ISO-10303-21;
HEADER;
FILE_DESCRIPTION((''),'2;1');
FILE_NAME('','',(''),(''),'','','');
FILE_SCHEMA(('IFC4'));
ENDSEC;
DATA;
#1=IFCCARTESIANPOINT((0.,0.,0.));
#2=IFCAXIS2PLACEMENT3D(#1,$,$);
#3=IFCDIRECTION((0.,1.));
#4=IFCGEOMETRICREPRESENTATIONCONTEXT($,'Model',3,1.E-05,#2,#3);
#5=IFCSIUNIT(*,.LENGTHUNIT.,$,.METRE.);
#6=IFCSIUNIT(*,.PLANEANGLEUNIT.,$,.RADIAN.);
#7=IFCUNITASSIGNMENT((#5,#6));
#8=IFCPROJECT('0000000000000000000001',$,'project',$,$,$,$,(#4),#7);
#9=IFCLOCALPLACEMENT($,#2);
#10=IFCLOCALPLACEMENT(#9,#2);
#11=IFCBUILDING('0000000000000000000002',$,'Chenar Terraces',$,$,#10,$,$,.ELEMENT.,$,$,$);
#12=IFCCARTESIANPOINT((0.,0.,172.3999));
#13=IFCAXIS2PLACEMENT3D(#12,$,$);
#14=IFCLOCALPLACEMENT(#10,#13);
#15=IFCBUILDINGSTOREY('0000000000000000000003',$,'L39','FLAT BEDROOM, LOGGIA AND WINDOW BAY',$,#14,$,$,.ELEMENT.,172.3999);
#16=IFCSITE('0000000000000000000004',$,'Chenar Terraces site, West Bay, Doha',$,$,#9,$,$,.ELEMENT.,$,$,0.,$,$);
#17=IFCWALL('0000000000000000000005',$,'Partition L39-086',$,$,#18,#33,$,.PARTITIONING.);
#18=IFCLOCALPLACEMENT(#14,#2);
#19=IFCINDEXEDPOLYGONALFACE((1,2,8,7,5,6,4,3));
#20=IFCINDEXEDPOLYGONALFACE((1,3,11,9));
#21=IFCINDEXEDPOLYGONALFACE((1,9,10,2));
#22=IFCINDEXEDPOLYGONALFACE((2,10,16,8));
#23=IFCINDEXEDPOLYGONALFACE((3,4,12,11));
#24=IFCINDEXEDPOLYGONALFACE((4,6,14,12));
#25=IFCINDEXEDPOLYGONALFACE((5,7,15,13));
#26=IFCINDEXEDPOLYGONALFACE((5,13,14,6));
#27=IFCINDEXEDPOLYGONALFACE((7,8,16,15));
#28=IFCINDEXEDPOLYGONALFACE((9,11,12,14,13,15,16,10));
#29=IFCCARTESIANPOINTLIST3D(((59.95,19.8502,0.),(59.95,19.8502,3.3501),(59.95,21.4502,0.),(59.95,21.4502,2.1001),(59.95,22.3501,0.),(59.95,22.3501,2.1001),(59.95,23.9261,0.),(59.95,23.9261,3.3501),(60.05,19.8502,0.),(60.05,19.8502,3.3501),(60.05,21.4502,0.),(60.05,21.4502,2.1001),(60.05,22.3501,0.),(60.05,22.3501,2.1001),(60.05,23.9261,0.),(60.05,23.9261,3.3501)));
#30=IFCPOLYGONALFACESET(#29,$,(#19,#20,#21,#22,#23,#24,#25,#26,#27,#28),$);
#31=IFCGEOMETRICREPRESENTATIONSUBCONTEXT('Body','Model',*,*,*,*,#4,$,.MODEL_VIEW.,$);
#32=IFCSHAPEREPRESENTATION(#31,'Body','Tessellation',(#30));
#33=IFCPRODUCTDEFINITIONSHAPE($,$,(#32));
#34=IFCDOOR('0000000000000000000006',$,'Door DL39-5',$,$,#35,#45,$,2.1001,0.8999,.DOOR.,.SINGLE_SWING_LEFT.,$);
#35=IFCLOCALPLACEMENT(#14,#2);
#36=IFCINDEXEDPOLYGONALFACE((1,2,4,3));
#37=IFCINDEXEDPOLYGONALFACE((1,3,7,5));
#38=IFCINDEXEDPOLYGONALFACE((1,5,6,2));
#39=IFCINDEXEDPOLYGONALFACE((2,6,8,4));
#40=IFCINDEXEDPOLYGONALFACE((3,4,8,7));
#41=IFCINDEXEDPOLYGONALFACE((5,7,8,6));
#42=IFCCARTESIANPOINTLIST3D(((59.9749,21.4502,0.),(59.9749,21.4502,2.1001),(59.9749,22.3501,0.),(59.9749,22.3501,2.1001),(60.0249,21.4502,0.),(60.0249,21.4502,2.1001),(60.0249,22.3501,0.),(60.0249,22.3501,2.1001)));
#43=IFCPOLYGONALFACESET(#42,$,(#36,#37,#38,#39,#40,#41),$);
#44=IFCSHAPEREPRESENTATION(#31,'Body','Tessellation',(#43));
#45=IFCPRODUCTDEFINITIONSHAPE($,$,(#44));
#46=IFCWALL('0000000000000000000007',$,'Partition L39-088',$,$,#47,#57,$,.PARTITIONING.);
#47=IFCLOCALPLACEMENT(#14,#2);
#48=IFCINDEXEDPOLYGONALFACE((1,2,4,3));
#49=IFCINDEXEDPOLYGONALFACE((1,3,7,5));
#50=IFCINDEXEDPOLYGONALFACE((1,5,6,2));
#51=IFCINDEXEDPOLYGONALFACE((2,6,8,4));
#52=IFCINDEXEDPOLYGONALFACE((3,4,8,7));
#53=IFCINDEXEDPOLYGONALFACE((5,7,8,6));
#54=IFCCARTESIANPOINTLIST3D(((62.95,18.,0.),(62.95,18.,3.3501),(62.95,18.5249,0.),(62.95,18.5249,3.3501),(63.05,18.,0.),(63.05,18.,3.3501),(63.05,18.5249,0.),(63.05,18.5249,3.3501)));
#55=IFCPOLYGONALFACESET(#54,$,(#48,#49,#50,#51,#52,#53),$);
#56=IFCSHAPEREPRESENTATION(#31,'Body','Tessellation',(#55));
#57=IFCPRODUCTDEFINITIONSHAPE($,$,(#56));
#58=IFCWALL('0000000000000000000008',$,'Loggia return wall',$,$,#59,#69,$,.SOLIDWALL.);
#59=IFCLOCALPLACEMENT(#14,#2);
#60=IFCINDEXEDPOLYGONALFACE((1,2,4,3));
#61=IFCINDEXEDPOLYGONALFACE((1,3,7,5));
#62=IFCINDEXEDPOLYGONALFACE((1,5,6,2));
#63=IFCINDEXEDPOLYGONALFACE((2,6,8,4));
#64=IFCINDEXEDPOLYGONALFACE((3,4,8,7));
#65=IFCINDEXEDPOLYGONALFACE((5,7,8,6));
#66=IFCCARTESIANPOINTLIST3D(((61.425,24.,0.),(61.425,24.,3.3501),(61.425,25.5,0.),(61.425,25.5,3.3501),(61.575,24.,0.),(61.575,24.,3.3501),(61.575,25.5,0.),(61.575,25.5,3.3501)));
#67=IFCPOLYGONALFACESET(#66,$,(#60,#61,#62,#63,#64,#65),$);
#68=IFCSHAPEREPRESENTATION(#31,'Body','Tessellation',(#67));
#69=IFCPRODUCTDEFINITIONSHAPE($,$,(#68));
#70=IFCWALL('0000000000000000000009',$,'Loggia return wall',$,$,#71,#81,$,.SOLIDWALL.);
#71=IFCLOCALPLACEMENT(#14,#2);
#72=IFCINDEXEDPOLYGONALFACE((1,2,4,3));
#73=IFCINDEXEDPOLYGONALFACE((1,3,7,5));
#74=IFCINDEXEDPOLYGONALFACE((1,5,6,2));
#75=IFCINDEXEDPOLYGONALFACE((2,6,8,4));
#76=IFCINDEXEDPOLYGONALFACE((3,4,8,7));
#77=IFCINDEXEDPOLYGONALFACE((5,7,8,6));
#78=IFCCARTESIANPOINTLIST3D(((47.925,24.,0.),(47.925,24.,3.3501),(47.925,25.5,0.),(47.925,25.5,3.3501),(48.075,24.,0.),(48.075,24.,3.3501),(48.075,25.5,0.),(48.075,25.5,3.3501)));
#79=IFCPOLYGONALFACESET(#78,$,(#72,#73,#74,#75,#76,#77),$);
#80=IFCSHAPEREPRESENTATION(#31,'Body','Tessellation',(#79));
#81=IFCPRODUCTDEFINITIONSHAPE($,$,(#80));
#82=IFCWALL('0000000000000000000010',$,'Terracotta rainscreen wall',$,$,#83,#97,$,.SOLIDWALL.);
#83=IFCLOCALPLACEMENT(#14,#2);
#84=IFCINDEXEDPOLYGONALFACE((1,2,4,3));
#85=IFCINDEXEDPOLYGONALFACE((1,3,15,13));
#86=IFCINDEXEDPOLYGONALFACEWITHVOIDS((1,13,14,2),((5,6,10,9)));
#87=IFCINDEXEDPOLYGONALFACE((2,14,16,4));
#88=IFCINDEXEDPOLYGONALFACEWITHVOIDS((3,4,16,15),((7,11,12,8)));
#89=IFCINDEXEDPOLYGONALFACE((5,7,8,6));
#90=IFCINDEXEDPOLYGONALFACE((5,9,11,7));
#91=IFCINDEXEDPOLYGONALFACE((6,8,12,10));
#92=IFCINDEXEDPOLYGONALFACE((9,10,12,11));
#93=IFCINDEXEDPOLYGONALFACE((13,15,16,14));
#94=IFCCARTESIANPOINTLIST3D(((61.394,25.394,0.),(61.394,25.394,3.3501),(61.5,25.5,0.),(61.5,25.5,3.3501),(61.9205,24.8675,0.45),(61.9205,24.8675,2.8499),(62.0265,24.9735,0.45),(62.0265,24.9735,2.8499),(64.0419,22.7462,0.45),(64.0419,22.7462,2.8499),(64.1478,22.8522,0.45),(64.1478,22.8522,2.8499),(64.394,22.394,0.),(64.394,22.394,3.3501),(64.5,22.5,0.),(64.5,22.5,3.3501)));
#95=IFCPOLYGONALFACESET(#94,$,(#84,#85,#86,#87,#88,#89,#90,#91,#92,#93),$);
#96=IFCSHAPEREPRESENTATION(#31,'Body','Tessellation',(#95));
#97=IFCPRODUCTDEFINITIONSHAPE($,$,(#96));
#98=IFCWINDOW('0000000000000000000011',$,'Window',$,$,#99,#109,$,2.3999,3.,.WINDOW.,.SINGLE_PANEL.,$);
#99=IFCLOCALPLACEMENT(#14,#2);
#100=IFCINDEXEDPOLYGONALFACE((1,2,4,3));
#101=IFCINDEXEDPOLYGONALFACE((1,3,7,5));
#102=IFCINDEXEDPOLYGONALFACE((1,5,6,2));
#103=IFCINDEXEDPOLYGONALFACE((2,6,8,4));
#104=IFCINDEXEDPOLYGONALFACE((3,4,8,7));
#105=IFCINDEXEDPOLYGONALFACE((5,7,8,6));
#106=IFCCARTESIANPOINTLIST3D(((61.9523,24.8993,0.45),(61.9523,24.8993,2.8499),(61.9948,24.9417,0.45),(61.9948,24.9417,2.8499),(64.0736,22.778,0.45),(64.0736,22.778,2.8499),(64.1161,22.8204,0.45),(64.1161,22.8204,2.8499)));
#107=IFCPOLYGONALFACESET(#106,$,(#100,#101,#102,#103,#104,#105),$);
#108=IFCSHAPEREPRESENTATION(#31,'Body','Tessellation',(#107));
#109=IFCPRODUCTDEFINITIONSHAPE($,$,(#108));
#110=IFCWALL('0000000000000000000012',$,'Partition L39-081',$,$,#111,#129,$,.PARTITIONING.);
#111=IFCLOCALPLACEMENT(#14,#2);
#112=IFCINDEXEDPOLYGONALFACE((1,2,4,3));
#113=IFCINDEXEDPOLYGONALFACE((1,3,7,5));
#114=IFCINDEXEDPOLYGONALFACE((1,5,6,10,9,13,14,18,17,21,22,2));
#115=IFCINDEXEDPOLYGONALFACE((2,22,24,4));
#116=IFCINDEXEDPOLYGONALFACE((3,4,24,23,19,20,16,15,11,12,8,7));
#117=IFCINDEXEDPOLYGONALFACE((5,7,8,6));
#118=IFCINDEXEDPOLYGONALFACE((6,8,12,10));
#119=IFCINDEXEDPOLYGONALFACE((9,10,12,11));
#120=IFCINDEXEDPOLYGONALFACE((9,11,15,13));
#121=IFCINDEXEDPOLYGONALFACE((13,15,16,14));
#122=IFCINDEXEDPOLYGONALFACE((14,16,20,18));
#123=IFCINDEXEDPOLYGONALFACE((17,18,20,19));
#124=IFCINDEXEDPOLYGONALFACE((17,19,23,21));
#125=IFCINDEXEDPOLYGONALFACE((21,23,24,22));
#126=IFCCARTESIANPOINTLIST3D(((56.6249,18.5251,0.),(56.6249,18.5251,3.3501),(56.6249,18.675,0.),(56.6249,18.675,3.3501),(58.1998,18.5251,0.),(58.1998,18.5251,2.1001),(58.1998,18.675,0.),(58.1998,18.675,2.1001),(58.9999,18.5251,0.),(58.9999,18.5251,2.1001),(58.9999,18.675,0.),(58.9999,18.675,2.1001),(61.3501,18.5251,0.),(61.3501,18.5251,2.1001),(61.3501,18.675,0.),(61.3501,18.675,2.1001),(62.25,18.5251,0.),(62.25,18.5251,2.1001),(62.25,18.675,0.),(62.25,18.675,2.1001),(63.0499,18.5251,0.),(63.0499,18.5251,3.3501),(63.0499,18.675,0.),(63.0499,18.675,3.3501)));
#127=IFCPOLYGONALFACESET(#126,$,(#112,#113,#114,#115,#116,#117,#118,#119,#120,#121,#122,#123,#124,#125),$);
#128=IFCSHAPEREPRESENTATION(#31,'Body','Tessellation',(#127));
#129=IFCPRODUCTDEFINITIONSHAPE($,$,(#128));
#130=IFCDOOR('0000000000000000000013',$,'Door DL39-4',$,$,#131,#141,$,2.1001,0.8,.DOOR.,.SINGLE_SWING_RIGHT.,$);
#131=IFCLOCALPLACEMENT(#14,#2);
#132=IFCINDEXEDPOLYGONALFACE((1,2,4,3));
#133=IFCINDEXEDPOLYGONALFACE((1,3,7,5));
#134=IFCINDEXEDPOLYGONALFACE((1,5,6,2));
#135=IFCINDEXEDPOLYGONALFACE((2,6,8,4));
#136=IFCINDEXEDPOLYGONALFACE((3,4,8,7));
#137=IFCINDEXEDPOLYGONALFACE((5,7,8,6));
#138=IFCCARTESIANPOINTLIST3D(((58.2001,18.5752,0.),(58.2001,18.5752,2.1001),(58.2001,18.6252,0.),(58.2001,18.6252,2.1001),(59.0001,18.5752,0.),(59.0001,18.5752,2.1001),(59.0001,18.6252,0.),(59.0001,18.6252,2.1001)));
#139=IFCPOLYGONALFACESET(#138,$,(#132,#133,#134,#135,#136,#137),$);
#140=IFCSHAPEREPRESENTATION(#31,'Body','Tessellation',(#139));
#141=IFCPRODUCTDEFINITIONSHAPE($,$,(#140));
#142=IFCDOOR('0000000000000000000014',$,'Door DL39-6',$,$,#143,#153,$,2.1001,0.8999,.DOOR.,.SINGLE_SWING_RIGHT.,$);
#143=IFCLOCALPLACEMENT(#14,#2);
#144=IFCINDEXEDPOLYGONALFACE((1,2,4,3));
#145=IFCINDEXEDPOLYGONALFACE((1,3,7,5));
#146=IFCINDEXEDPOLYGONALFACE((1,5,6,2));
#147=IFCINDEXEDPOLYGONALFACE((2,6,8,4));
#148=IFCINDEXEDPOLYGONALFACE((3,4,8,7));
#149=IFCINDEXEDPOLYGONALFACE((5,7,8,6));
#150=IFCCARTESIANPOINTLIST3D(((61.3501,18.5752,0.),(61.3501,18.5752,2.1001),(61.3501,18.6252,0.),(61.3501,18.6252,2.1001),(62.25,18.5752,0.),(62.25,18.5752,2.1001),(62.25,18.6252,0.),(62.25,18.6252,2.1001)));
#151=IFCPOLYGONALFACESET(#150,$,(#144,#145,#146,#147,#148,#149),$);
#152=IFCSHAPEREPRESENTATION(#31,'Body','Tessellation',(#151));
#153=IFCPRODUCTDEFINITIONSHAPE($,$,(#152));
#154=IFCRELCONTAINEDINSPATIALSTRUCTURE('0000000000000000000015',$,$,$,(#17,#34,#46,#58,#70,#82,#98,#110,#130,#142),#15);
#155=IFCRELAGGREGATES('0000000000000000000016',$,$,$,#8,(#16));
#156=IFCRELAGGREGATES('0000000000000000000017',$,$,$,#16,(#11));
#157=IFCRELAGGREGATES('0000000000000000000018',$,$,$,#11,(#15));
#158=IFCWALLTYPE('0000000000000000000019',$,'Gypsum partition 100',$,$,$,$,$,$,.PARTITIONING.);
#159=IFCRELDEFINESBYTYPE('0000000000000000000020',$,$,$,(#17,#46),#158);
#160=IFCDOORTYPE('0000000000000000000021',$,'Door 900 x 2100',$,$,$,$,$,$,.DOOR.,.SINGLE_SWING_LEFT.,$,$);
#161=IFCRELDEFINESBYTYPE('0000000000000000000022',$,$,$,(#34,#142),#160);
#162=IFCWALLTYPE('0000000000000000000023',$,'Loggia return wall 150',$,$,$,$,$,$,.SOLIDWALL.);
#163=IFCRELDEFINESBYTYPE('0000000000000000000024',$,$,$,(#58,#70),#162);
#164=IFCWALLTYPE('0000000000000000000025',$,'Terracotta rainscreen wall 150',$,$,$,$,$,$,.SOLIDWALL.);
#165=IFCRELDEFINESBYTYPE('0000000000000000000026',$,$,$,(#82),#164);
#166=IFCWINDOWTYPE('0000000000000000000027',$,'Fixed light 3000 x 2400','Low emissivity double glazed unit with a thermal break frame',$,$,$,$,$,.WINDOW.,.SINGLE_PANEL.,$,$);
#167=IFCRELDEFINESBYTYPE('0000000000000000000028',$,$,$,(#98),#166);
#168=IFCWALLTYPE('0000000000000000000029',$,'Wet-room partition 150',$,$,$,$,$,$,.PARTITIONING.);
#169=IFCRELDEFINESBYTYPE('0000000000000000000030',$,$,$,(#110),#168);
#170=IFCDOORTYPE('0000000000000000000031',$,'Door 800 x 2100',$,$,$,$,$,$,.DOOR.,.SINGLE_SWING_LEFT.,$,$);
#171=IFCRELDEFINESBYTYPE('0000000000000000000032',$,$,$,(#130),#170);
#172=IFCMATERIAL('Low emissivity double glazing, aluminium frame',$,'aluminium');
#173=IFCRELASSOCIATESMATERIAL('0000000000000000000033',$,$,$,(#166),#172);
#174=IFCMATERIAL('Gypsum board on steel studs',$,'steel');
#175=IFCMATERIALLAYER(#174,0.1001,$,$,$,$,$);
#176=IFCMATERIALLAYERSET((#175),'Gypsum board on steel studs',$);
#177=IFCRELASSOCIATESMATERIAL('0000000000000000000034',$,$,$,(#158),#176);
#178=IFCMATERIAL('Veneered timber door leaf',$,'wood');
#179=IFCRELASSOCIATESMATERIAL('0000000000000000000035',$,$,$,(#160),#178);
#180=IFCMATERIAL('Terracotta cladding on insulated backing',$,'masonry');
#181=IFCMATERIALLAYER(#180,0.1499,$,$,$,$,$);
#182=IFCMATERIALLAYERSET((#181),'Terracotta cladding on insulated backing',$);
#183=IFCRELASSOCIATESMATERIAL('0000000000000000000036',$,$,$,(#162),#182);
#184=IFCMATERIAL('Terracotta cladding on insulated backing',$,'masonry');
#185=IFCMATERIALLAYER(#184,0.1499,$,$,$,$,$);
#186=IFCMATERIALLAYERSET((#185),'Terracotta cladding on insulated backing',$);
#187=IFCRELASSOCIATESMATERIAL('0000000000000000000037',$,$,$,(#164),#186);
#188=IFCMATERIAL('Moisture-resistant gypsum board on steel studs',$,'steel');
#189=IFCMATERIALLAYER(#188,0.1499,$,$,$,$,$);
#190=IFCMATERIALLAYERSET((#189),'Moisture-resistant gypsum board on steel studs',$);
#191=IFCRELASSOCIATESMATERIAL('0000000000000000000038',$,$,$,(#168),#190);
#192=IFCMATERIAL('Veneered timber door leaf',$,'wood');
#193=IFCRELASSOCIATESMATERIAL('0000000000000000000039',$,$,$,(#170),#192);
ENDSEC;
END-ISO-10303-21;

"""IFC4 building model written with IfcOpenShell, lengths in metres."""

from ifc_helpers import new_model, si_unit, direction, frame, frame_2d, origin, place, context, subcontext, project, spatial, rectangle, extrude, material, layer, layer_set, type_object, element, fill, save


model = new_model("IFC4")

# Units and contexts
model_context = context("Model", 3, precision=1e-05, world=origin(), true_north=direction((0.0, 1.0)))
body_context = subcontext(model_context, "Body", "Model", "MODEL_VIEW")
ifc_project = project(units=[si_unit("LENGTHUNIT", "METRE"), si_unit("PLANEANGLEUNIT", "RADIAN")], contexts=[model_context])

# Site, building, storey
site_placement = place(None, origin())
site = spatial("IfcSite", under=ifc_project, at=site_placement, Name="Chenar Terraces site, West Bay, Doha", CompositionType="ELEMENT", RefElevation=0.0)
building_placement = place(site_placement, origin())
building = spatial("IfcBuilding", under=site, at=building_placement, Name="Chenar Terraces", CompositionType="ELEMENT")
storey_placement = place(building_placement, frame((0.0, 0.0, 172.3999)))
storey = spatial("IfcBuildingStorey", under=building, at=storey_placement, Name="L39", Description="FLAT BEDROOM, LOGGIA AND WINDOW BAY", CompositionType="ELEMENT", Elevation=172.3999)

# Shared definitions
ifc_material_1 = material(Name="Low emissivity double glazing, aluminium frame", Category="aluminium")
window_type_1 = type_object("IfcWindowType", Name="Fixed light 3000 x 2400", Description="Low emissivity double glazed unit with a thermal break frame", PartitioningType="SINGLE_PANEL", PredefinedType="WINDOW", material=ifc_material_1)

# Shared definitions
ifc_material_2 = material(Name="Gypsum board on steel studs", Category="steel")
ifc_layer_1 = layer(ifc_material_2, 0.1001)
ifc_layer_set_1 = layer_set([ifc_layer_1], Name="Gypsum board on steel studs")
wall_type_1 = type_object("IfcWallType", Name="Gypsum partition 100", PredefinedType="PARTITIONING", material=ifc_layer_set_1)

# Wall, opening, door
wall_1_placement = place(storey_placement, frame((60.0, 19.8501, 0.0), z_axis=(0.0, 0.0, 1.0), x_axis=(0.0, 1.0, 0.0)))
wall_1 = element("IfcWall", 1, at=wall_1_placement, inside=storey, type_object=wall_type_1, Name="Partition L39-086", PredefinedType="PARTITIONING", context=body_context, shape_type="SweptSolid", body=[
    extrude(rectangle(XDim=4.0759, YDim=0.1001, at=frame_2d((2.0381, 0.0))), origin(), (0.0, 0.0, 1.0), 3.3501),
])
opening_1_placement = place(wall_1_placement, frame((1.6001, 0.0, 0.0)))
opening_1 = element("IfcOpeningElement", 2, at=opening_1_placement, cuts=wall_1, PredefinedType="OPENING", context=body_context, shape_type="SweptSolid", body=[
    extrude(rectangle(XDim=0.8999, YDim=2.1001, at=frame_2d((0.45, 1.05))), frame((0.0, 0.0601, 0.0), z_axis=(0.0, -1.0, 0.0), x_axis=(1.0, 0.0, 0.0)), (0.0, 0.0, 1.0), 0.1201),
])
ifc_material_3 = material(Name="Veneered timber door leaf", Category="wood")
door_type_1 = type_object("IfcDoorType", Name="Door 900 x 2100", OperationType="SINGLE_SWING_LEFT", PredefinedType="DOOR", material=ifc_material_3)
door_1_placement = place(opening_1_placement, frame((0.8999, 0.0, 0.0), z_axis=(0.0, 0.0, 1.0), x_axis=(-1.0, 0.0, 0.0)))
door_1 = element("IfcDoor", 3, at=door_1_placement, inside=storey, type_object=door_type_1, Name="Door DL39-5", OperationType="SINGLE_SWING_LEFT", OverallHeight=2.1001, OverallWidth=0.8999, PredefinedType="DOOR", context=body_context, shape_type="SweptSolid", body=[
    extrude(rectangle(XDim=0.8999, YDim=2.1001, at=frame_2d((0.45, 1.05))), frame((0.0, 0.0249, 0.0), z_axis=(0.0, -1.0, 0.0), x_axis=(1.0, 0.0, 0.0)), (0.0, 0.0, 1.0), 0.05),
])
fill(opening_1, door_1)

# Walls
wall_2_placement = place(storey_placement, frame((63.0, 18.0, 0.0), z_axis=(0.0, 0.0, 1.0), x_axis=(0.0, 1.0, 0.0)))
element("IfcWall", 4, at=wall_2_placement, inside=storey, type_object=wall_type_1, Name="Partition L39-088", PredefinedType="PARTITIONING", context=body_context, shape_type="SweptSolid", body=[
    extrude(rectangle(XDim=0.5249, YDim=0.1001, at=frame_2d((0.2625, 0.0))), origin(), (0.0, 0.0, 1.0), 3.3501),
])
ifc_material_4 = material(Name="Terracotta cladding on insulated backing", Category="masonry")
ifc_layer_2 = layer(ifc_material_4, 0.1499)
ifc_layer_set_2 = layer_set([ifc_layer_2], Name="Terracotta cladding on insulated backing")
wall_type_2 = type_object("IfcWallType", Name="Loggia return wall 150", PredefinedType="SOLIDWALL", material=ifc_layer_set_2)
for number, where, z_axis, x_axis, name in (
    (5, (61.5, 25.5, 0.0), (0.0, 0.0, 1.0), (0.0, -1.0, 0.0), "Loggia return wall"),
    (6, (48.0, 25.5, 0.0), (0.0, 0.0, 1.0), (0.0, -1.0, 0.0), "Loggia return wall"),
):
    element("IfcWall", number, at=place(storey_placement, frame(where, z_axis=z_axis, x_axis=x_axis)), inside=storey, type_object=wall_type_2, Name=name, PredefinedType="SOLIDWALL", context=body_context, shape_type="SweptSolid", body=[
        extrude(rectangle(XDim=1.5, YDim=0.1499, at=frame_2d((0.75, 0.0))), origin(), (0.0, 0.0, 1.0), 3.3501),
    ])

# Wall, opening, window
ifc_material_5 = material(Name="Terracotta cladding on insulated backing", Category="masonry")
ifc_layer_3 = layer(ifc_material_5, 0.1499)
ifc_layer_set_3 = layer_set([ifc_layer_3], Name="Terracotta cladding on insulated backing")
wall_type_3 = type_object("IfcWallType", Name="Terracotta rainscreen wall 150", PredefinedType="SOLIDWALL", material=ifc_layer_set_3)
wall_3_placement = place(storey_placement, frame((64.447, 22.447, 0.0), z_axis=(0.0, 0.0, 1.0), x_axis=(-0.707107, 0.707107, 0.0)))
wall_3 = element("IfcWall", 7, at=wall_3_placement, inside=storey, type_object=wall_type_3, Name="Terracotta rainscreen wall", PredefinedType="SOLIDWALL", context=body_context, shape_type="SweptSolid", body=[
    extrude(rectangle(XDim=4.2427, YDim=0.1499, at=frame_2d((2.1213, 0.0))), origin(), (0.0, 0.0, 1.0), 3.3501),
])
opening_2_placement = place(wall_3_placement, frame((0.498, 0.0, 0.45)))
opening_2 = element("IfcOpeningElement", 8, at=opening_2_placement, cuts=wall_3, PredefinedType="OPENING", context=body_context, shape_type="SweptSolid", body=[
    extrude(rectangle(XDim=3.0, YDim=2.3999, at=frame_2d((1.5, 1.2))), frame((0.0, 0.085, 0.0), z_axis=(0.0, -1.0, 0.0), x_axis=(1.0, 0.0, 0.0)), (0.0, 0.0, 1.0), 0.1699),
])
window_1_placement = place(opening_2_placement, origin())
window_1 = element("IfcWindow", 9, at=window_1_placement, inside=storey, type_object=window_type_1, Name="Window", OverallHeight=2.3999, OverallWidth=3.0, PartitioningType="SINGLE_PANEL", PredefinedType="WINDOW", context=body_context, shape_type="SweptSolid", body=[
    extrude(rectangle(XDim=3.0, YDim=2.3999, at=frame_2d((1.5, 1.2))), frame((0.0, 0.03, 0.0), z_axis=(0.0, -1.0, 0.0), x_axis=(1.0, 0.0, 0.0)), (0.0, 0.0, 1.0), 0.0601),
])
fill(opening_2, window_1)

# Wall, openings, doors
ifc_material_6 = material(Name="Moisture-resistant gypsum board on steel studs", Category="steel")
ifc_layer_4 = layer(ifc_material_6, 0.1499)
ifc_layer_set_4 = layer_set([ifc_layer_4], Name="Moisture-resistant gypsum board on steel studs")
wall_type_4 = type_object("IfcWallType", Name="Wet-room partition 150", PredefinedType="PARTITIONING", material=ifc_layer_set_4)
wall_4_placement = place(storey_placement, frame((56.625, 18.6001, 0.0), z_axis=(0.0, 0.0, 1.0), x_axis=(1.0, 0.0, 0.0)))
wall_4 = element("IfcWall", 10, at=wall_4_placement, inside=storey, type_object=wall_type_4, Name="Partition L39-081", PredefinedType="PARTITIONING", context=body_context, shape_type="SweptSolid", body=[
    extrude(rectangle(XDim=6.425, YDim=0.1499, at=frame_2d((3.2124, 0.0))), origin(), (0.0, 0.0, 1.0), 3.3501),
])
opening_3_placement = place(wall_4_placement, frame((1.575, 0.0, 0.0)))
opening_3 = element("IfcOpeningElement", 11, at=opening_3_placement, cuts=wall_4, PredefinedType="OPENING", context=body_context, shape_type="SweptSolid", body=[
    extrude(rectangle(XDim=0.8, YDim=2.1001, at=frame_2d((0.3999, 1.05))), frame((0.0, 0.085, 0.0), z_axis=(0.0, -1.0, 0.0), x_axis=(1.0, 0.0, 0.0)), (0.0, 0.0, 1.0), 0.1699),
])
opening_4_placement = place(wall_4_placement, frame((4.7251, 0.0, 0.0)))
opening_4 = element("IfcOpeningElement", 12, at=opening_4_placement, cuts=wall_4, PredefinedType="OPENING", context=body_context, shape_type="SweptSolid", body=[
    extrude(rectangle(XDim=0.8999, YDim=2.1001, at=frame_2d((0.45, 1.05))), frame((0.0, 0.085, 0.0), z_axis=(0.0, -1.0, 0.0), x_axis=(1.0, 0.0, 0.0)), (0.0, 0.0, 1.0), 0.1699),
])
ifc_material_7 = material(Name="Veneered timber door leaf", Category="wood")
door_type_2 = type_object("IfcDoorType", Name="Door 800 x 2100", OperationType="SINGLE_SWING_LEFT", PredefinedType="DOOR", material=ifc_material_7)
door_2_placement = place(opening_3_placement, frame((0.8, 0.0, 0.0), z_axis=(0.0, 0.0, 1.0), x_axis=(-1.0, 0.0, 0.0)))
door_2 = element("IfcDoor", 13, at=door_2_placement, inside=storey, type_object=door_type_2, Name="Door DL39-4", OperationType="SINGLE_SWING_RIGHT", OverallHeight=2.1001, OverallWidth=0.8, PredefinedType="DOOR", context=body_context, shape_type="SweptSolid", body=[
    extrude(rectangle(XDim=0.8, YDim=2.1001, at=frame_2d((0.3999, 1.05))), frame((0.0, 0.0249, 0.0), z_axis=(0.0, -1.0, 0.0), x_axis=(1.0, 0.0, 0.0)), (0.0, 0.0, 1.0), 0.05),
])
fill(opening_3, door_2)
door_3_placement = place(opening_4_placement, frame((0.8999, 0.0, 0.0), z_axis=(0.0, 0.0, 1.0), x_axis=(-1.0, 0.0, 0.0)))
door_3 = element("IfcDoor", 14, at=door_3_placement, inside=storey, type_object=door_type_1, Name="Door DL39-6", OperationType="SINGLE_SWING_RIGHT", OverallHeight=2.1001, OverallWidth=0.8999, PredefinedType="DOOR", context=body_context, shape_type="SweptSolid", body=[
    extrude(rectangle(XDim=0.8999, YDim=2.1001, at=frame_2d((0.45, 1.05))), frame((0.0, 0.0249, 0.0), z_axis=(0.0, -1.0, 0.0), x_axis=(1.0, 0.0, 0.0)), (0.0, 0.0, 1.0), 0.05),
])
fill(opening_4, door_3)

save(model, "model.ifc")
